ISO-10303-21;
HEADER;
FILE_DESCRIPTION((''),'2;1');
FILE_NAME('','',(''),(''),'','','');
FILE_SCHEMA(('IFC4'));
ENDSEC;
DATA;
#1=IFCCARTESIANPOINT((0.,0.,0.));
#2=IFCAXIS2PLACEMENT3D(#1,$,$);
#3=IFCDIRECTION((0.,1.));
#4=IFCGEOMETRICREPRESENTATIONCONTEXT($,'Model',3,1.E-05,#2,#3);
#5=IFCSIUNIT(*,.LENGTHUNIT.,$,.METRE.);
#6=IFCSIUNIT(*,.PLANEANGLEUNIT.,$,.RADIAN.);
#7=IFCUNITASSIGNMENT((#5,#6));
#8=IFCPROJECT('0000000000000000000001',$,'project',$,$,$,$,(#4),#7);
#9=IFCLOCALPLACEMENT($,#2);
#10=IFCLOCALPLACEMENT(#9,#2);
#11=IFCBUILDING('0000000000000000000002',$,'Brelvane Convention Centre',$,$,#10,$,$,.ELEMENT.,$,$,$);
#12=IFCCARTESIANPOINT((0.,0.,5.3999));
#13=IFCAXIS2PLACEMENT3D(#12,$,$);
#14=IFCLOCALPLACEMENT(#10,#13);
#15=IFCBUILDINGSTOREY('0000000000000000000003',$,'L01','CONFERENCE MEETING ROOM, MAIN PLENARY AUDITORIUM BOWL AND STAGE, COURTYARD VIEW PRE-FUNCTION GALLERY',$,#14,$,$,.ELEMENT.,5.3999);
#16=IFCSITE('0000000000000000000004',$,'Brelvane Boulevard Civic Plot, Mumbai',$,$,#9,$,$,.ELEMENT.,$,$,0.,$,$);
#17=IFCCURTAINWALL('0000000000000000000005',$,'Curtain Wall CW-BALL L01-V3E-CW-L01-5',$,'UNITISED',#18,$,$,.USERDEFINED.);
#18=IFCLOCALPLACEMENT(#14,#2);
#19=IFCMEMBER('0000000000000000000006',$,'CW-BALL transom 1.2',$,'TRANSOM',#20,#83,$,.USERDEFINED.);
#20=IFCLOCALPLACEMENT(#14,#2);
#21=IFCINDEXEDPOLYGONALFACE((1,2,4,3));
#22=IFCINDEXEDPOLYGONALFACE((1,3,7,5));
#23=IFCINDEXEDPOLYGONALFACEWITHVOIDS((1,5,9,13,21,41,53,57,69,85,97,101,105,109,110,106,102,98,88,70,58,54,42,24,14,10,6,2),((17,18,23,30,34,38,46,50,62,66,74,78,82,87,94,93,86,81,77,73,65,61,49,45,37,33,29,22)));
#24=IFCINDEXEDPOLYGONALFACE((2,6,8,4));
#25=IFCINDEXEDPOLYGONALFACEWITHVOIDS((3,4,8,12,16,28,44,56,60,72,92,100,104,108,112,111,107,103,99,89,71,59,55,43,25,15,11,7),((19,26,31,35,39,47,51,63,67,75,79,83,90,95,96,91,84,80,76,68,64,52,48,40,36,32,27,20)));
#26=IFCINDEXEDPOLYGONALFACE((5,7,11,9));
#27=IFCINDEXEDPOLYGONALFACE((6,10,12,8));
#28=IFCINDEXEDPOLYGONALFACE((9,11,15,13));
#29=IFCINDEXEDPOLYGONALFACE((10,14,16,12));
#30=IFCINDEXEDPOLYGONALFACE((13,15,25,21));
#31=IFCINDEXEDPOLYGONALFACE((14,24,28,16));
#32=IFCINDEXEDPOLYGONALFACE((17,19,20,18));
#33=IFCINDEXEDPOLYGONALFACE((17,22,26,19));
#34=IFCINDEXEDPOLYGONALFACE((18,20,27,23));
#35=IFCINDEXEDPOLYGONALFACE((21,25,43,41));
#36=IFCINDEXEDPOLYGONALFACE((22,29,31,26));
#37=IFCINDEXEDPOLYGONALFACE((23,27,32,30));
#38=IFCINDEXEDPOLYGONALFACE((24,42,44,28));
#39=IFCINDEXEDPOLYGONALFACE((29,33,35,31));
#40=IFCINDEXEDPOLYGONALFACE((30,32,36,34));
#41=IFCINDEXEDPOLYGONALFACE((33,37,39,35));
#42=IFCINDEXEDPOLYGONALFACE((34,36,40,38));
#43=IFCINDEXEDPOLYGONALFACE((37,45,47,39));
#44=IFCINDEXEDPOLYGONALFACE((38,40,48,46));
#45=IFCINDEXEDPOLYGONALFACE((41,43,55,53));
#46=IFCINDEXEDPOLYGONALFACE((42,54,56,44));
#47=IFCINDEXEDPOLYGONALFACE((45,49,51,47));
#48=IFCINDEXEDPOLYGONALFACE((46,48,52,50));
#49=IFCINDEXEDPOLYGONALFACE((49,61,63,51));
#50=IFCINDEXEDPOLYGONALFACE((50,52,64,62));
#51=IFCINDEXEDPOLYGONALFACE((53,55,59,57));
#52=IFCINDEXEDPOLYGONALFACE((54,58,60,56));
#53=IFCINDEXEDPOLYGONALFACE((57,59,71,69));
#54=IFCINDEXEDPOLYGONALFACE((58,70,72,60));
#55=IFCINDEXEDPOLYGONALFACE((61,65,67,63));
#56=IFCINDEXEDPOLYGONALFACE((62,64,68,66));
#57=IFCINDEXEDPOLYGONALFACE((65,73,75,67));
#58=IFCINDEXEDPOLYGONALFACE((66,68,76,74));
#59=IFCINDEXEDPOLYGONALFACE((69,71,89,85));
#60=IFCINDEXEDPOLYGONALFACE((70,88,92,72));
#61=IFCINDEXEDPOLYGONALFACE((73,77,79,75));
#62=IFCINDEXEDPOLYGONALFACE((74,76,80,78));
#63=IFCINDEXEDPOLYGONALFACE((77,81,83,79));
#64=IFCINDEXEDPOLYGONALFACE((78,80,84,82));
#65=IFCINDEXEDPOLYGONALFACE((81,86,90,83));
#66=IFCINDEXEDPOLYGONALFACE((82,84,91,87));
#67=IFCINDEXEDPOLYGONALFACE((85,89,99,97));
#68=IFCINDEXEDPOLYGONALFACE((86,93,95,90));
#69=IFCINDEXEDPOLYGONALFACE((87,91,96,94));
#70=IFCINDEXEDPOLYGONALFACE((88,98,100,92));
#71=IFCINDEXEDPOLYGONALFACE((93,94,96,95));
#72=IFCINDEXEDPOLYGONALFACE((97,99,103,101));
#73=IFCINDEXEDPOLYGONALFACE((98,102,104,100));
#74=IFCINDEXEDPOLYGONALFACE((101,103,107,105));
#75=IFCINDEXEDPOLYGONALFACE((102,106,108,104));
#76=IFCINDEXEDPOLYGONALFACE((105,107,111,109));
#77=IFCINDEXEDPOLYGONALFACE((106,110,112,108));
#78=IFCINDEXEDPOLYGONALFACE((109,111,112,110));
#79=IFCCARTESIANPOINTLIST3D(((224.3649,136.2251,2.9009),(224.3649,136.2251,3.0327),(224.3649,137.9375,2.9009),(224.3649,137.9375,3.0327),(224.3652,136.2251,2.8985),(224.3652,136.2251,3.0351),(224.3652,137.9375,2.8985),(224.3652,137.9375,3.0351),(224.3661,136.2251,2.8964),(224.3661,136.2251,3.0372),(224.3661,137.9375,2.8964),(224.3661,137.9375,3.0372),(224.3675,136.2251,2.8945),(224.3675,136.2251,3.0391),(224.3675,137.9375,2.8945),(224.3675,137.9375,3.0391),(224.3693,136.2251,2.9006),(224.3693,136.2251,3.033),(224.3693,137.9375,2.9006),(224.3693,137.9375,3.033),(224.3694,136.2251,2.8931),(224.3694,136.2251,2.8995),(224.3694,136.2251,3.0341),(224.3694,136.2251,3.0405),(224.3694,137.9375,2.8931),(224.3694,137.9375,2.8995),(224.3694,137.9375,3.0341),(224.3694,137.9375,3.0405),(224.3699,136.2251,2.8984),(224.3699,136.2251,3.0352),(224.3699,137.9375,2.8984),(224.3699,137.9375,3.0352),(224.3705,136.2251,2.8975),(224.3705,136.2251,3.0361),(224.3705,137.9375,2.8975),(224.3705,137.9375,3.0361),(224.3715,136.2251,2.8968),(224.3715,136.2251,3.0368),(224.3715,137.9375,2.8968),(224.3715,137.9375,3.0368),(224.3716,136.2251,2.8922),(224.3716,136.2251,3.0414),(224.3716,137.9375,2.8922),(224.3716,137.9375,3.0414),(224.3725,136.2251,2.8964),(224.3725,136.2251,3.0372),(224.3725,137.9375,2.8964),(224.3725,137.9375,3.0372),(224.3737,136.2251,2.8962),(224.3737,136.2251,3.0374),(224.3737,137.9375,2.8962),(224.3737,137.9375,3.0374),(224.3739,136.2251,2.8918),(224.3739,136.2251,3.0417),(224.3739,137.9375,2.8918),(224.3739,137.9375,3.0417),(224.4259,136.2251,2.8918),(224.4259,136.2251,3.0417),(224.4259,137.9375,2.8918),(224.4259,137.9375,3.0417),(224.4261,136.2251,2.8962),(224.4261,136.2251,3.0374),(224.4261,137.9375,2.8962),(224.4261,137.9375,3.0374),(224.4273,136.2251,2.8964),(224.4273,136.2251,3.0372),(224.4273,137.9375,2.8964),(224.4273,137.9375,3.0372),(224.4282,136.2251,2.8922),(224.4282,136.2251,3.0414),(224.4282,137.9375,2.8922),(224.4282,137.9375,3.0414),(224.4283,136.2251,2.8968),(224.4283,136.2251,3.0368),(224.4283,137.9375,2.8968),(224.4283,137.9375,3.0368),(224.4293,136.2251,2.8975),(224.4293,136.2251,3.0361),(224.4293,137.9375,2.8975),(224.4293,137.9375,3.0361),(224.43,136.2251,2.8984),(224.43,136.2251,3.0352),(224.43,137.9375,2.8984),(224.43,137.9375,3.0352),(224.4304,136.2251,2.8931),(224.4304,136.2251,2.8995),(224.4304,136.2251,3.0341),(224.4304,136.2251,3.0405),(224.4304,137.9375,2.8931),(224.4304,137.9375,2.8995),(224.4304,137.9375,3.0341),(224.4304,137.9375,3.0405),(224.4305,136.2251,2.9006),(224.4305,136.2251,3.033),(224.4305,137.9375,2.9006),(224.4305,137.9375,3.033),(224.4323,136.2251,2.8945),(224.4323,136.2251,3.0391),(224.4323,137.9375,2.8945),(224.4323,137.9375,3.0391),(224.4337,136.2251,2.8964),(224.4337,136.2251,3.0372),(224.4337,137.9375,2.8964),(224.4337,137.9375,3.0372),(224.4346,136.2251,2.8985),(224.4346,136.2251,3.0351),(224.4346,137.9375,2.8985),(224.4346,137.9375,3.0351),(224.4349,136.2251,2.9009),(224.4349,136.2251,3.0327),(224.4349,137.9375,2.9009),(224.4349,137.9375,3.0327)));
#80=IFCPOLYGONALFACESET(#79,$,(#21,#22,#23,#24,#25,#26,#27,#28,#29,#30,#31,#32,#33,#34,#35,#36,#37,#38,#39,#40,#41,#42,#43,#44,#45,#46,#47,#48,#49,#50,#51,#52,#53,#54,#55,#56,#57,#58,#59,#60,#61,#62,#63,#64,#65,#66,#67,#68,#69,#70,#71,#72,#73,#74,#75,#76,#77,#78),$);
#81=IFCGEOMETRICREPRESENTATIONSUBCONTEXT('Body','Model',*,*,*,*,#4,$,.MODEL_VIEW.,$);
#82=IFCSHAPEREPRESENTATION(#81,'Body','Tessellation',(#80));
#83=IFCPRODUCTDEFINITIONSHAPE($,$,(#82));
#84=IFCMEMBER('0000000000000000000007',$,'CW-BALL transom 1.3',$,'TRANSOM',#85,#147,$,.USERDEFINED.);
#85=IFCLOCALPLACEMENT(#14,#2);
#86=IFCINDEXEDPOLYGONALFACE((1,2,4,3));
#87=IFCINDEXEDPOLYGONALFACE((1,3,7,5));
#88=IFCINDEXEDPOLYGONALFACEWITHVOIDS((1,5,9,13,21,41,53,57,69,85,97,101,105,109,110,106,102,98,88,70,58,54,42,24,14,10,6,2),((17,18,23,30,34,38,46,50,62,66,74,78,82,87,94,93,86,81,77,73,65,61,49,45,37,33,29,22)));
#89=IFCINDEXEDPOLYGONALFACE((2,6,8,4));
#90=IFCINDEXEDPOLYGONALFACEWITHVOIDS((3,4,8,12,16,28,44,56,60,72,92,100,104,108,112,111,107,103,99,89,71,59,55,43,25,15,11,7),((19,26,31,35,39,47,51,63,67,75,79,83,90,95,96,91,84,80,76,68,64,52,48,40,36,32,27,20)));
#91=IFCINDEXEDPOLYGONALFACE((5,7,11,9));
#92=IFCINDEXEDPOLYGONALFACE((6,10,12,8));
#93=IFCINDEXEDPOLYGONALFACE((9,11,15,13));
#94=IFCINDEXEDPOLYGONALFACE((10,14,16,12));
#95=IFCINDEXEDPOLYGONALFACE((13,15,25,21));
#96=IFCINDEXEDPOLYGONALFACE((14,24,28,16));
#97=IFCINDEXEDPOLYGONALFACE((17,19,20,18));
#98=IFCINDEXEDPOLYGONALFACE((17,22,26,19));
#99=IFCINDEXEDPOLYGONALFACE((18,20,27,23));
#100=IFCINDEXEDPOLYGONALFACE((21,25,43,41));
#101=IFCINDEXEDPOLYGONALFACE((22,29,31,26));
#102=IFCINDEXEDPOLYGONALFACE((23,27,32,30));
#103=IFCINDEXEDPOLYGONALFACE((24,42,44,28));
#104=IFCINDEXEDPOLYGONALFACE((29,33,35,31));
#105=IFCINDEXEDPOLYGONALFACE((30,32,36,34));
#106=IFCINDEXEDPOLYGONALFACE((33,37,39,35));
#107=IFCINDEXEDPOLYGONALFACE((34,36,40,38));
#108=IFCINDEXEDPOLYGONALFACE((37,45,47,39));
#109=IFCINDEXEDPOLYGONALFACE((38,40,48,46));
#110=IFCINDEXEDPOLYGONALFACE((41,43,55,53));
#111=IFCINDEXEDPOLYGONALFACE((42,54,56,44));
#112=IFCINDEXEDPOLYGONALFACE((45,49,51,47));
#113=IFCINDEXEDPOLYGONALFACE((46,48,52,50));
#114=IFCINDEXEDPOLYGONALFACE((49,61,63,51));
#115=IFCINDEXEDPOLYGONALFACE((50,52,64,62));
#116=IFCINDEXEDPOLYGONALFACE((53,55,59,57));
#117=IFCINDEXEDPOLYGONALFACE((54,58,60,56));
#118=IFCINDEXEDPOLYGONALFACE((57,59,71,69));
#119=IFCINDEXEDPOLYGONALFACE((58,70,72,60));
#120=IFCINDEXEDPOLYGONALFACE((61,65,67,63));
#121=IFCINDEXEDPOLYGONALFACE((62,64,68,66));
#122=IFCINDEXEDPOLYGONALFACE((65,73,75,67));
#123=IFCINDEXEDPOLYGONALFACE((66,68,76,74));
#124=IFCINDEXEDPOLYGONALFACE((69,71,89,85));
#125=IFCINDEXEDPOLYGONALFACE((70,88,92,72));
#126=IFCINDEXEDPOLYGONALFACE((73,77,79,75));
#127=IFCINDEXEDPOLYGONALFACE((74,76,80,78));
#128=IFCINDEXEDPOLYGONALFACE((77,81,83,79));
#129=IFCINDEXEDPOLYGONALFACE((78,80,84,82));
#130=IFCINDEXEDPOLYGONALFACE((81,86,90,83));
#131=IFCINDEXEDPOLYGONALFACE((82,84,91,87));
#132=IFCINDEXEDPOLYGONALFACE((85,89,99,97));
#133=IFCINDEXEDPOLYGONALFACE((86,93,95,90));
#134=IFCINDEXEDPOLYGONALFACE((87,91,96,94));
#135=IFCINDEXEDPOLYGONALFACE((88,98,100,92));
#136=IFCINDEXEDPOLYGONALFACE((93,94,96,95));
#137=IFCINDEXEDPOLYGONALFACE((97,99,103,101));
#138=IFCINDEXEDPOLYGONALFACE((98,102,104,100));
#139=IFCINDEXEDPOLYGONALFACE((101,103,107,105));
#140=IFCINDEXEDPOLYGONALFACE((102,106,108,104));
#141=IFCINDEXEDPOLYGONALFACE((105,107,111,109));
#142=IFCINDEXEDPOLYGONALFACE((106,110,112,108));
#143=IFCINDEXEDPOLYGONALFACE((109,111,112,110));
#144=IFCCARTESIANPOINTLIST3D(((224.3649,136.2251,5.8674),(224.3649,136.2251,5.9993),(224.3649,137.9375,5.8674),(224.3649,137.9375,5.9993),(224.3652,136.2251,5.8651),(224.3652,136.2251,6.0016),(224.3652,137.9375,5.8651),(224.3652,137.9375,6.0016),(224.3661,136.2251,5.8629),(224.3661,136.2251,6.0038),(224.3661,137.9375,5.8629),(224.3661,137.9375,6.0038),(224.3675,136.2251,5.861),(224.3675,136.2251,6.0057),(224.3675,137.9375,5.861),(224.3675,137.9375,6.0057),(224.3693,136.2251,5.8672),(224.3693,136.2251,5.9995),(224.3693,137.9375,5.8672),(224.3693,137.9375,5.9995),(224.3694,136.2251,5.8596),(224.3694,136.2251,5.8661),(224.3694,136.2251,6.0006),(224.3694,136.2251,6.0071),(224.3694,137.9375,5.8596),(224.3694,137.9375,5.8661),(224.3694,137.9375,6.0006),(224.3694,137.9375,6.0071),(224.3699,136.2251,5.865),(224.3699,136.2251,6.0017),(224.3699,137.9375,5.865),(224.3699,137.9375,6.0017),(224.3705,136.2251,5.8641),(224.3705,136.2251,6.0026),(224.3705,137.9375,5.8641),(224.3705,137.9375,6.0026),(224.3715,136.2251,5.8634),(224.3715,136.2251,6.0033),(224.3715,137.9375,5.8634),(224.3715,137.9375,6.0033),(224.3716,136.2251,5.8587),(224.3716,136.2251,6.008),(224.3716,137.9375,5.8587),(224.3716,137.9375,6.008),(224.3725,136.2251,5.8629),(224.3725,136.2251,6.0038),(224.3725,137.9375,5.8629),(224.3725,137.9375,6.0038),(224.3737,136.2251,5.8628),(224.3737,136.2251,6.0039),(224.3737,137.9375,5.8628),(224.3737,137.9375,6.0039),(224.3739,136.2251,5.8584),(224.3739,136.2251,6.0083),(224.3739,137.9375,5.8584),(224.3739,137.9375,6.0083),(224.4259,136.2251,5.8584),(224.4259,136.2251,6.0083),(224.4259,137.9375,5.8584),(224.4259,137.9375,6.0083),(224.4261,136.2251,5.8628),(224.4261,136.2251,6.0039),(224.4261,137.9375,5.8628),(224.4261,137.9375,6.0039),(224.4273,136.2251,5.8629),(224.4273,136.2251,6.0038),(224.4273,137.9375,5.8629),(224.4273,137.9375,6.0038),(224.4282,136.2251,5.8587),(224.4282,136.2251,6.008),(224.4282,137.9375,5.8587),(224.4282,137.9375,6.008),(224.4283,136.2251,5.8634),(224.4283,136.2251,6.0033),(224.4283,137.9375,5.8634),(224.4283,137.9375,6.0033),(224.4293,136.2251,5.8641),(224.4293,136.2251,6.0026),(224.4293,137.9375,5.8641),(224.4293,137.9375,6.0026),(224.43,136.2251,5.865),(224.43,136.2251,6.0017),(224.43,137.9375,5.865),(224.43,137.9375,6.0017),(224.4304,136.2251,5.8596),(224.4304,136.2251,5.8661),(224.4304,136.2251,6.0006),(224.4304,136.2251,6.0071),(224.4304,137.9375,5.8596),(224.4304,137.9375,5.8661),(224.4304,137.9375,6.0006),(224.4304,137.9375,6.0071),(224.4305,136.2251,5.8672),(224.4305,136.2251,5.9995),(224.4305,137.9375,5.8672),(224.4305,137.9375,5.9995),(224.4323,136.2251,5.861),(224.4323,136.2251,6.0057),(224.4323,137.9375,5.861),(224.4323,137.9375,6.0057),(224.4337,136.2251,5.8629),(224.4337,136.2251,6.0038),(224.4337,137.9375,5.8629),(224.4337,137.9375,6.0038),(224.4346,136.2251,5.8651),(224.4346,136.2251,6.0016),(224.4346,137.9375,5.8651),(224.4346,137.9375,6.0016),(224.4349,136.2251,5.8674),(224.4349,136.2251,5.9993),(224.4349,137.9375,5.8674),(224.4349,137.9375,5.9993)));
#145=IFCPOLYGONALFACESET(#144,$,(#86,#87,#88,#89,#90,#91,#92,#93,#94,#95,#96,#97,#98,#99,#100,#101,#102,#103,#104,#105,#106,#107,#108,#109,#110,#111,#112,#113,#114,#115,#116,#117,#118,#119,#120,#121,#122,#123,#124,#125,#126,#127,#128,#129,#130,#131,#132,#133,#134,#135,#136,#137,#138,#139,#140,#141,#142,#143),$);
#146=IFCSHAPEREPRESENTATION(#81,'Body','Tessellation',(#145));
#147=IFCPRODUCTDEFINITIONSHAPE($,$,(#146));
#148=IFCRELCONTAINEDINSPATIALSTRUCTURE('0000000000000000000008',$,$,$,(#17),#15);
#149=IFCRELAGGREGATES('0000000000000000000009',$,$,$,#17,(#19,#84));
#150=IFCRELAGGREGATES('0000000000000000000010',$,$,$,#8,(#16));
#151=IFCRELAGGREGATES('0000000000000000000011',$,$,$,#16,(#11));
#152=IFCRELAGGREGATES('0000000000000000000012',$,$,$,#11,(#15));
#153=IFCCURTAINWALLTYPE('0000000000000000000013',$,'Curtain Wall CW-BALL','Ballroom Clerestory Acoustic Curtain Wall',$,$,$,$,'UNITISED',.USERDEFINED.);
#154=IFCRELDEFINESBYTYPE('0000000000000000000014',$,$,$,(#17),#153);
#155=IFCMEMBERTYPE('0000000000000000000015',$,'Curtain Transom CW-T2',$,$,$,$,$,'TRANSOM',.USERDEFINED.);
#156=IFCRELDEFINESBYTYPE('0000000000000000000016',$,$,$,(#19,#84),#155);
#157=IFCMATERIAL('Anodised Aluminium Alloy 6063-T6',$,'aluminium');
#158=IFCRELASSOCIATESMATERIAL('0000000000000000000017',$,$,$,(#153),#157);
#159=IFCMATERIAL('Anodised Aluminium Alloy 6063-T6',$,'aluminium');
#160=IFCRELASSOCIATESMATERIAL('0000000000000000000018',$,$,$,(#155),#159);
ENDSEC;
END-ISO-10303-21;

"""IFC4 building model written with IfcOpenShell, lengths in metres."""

from ifc_helpers import new_model, si_unit, direction, frame, origin, origin_2d, place, context, subcontext, project, spatial, hollow_rectangle, extrude, material, material_profile, profile_set, type_object, element, aggregate, save


model = new_model("IFC4")

# Units and contexts
model_context = context("Model", 3, precision=1e-05, world=origin(), true_north=direction((0.0, 1.0)))
body_context = subcontext(model_context, "Body", "Model", "MODEL_VIEW")
ifc_project = project(units=[si_unit("LENGTHUNIT", "METRE"), si_unit("PLANEANGLEUNIT", "RADIAN")], contexts=[model_context])

# Site, building, storey
site_placement = place(None, origin())
site = spatial("IfcSite", under=ifc_project, at=site_placement, Name="Brelvane Boulevard Civic Plot, Mumbai", CompositionType="ELEMENT", RefElevation=0.0)
building_placement = place(site_placement, origin())
building = spatial("IfcBuilding", under=site, at=building_placement, Name="Brelvane Convention Centre", CompositionType="ELEMENT")
storey_placement = place(building_placement, frame((0.0, 0.0, 5.3999)))
storey = spatial("IfcBuildingStorey", under=building, at=storey_placement, Name="L01", Description="CONFERENCE MEETING ROOM, MAIN PLENARY AUDITORIUM BOWL AND STAGE, COURTYARD VIEW PRE-FUNCTION GALLERY", CompositionType="ELEMENT", Elevation=5.3999)

# Curtain wall, members
ifc_material_1 = material(Name="Anodised Aluminium Alloy 6063-T6", Category="aluminium")
curtain_wall_type = type_object("IfcCurtainWallType", Name="Curtain Wall CW-BALL", Description="Ballroom Clerestory Acoustic Curtain Wall", ElementType="UNITISED", PredefinedType="USERDEFINED", material=ifc_material_1)
curtain_wall_placement = place(storey_placement, origin())
curtain_wall = element("IfcCurtainWall", 1, at=curtain_wall_placement, inside=storey, type_object=curtain_wall_type, Name="Curtain Wall CW-BALL L01-V3E-CW-L01-5", ObjectType="UNITISED", PredefinedType="USERDEFINED")
ifc_material_2 = material(Name="Anodised Aluminium Alloy 6063-T6", Category="aluminium")
ifc_material_profile_1 = material_profile(ifc_material_2, hollow_rectangle(XDim=0.0701, YDim=0.1499, WallThickness=0.0044, InnerFilletRadius=0.0044, OuterFilletRadius=0.009, at=origin_2d()), Name="ALU-T 150x70x4.5")
ifc_profile_set_1 = profile_set([ifc_material_profile_1], Name="Anodised Aluminium Alloy 6063-T6")
member_type_1 = type_object("IfcMemberType", Name="Curtain Transom CW-T2", ElementType="TRANSOM", PredefinedType="USERDEFINED", material=ifc_profile_set_1)
member_1_placement = place(storey_placement, frame((224.3999, 136.2251, 2.9668), z_axis=(0.0, 1.0, 0.0), x_axis=(-1.0, 0.0, 0.0)))
member_1 = element("IfcMember", 2, at=member_1_placement, type_object=member_type_1, Name="CW-BALL transom 1.2", ObjectType="TRANSOM", PredefinedType="USERDEFINED", context=body_context, shape_type="SweptSolid", body=[
    extrude(hollow_rectangle(XDim=0.0701, YDim=0.1499, WallThickness=0.0044, InnerFilletRadius=0.0044, OuterFilletRadius=0.009, at=origin_2d()), origin(), (0.0, 0.0, 1.0), 1.7124),
])
member_2_placement = place(storey_placement, frame((224.3999, 136.2251, 5.9333), z_axis=(0.0, 1.0, 0.0), x_axis=(-1.0, 0.0, 0.0)))
member_2 = element("IfcMember", 3, at=member_2_placement, type_object=member_type_1, Name="CW-BALL transom 1.3", ObjectType="TRANSOM", PredefinedType="USERDEFINED", context=body_context, shape_type="SweptSolid", body=[
    extrude(hollow_rectangle(XDim=0.0701, YDim=0.1499, WallThickness=0.0044, InnerFilletRadius=0.0044, OuterFilletRadius=0.009, at=origin_2d()), origin(), (0.0, 0.0, 1.0), 1.7124),
])
aggregate(curtain_wall, [member_1, member_2])

save(model, "model.ifc")
